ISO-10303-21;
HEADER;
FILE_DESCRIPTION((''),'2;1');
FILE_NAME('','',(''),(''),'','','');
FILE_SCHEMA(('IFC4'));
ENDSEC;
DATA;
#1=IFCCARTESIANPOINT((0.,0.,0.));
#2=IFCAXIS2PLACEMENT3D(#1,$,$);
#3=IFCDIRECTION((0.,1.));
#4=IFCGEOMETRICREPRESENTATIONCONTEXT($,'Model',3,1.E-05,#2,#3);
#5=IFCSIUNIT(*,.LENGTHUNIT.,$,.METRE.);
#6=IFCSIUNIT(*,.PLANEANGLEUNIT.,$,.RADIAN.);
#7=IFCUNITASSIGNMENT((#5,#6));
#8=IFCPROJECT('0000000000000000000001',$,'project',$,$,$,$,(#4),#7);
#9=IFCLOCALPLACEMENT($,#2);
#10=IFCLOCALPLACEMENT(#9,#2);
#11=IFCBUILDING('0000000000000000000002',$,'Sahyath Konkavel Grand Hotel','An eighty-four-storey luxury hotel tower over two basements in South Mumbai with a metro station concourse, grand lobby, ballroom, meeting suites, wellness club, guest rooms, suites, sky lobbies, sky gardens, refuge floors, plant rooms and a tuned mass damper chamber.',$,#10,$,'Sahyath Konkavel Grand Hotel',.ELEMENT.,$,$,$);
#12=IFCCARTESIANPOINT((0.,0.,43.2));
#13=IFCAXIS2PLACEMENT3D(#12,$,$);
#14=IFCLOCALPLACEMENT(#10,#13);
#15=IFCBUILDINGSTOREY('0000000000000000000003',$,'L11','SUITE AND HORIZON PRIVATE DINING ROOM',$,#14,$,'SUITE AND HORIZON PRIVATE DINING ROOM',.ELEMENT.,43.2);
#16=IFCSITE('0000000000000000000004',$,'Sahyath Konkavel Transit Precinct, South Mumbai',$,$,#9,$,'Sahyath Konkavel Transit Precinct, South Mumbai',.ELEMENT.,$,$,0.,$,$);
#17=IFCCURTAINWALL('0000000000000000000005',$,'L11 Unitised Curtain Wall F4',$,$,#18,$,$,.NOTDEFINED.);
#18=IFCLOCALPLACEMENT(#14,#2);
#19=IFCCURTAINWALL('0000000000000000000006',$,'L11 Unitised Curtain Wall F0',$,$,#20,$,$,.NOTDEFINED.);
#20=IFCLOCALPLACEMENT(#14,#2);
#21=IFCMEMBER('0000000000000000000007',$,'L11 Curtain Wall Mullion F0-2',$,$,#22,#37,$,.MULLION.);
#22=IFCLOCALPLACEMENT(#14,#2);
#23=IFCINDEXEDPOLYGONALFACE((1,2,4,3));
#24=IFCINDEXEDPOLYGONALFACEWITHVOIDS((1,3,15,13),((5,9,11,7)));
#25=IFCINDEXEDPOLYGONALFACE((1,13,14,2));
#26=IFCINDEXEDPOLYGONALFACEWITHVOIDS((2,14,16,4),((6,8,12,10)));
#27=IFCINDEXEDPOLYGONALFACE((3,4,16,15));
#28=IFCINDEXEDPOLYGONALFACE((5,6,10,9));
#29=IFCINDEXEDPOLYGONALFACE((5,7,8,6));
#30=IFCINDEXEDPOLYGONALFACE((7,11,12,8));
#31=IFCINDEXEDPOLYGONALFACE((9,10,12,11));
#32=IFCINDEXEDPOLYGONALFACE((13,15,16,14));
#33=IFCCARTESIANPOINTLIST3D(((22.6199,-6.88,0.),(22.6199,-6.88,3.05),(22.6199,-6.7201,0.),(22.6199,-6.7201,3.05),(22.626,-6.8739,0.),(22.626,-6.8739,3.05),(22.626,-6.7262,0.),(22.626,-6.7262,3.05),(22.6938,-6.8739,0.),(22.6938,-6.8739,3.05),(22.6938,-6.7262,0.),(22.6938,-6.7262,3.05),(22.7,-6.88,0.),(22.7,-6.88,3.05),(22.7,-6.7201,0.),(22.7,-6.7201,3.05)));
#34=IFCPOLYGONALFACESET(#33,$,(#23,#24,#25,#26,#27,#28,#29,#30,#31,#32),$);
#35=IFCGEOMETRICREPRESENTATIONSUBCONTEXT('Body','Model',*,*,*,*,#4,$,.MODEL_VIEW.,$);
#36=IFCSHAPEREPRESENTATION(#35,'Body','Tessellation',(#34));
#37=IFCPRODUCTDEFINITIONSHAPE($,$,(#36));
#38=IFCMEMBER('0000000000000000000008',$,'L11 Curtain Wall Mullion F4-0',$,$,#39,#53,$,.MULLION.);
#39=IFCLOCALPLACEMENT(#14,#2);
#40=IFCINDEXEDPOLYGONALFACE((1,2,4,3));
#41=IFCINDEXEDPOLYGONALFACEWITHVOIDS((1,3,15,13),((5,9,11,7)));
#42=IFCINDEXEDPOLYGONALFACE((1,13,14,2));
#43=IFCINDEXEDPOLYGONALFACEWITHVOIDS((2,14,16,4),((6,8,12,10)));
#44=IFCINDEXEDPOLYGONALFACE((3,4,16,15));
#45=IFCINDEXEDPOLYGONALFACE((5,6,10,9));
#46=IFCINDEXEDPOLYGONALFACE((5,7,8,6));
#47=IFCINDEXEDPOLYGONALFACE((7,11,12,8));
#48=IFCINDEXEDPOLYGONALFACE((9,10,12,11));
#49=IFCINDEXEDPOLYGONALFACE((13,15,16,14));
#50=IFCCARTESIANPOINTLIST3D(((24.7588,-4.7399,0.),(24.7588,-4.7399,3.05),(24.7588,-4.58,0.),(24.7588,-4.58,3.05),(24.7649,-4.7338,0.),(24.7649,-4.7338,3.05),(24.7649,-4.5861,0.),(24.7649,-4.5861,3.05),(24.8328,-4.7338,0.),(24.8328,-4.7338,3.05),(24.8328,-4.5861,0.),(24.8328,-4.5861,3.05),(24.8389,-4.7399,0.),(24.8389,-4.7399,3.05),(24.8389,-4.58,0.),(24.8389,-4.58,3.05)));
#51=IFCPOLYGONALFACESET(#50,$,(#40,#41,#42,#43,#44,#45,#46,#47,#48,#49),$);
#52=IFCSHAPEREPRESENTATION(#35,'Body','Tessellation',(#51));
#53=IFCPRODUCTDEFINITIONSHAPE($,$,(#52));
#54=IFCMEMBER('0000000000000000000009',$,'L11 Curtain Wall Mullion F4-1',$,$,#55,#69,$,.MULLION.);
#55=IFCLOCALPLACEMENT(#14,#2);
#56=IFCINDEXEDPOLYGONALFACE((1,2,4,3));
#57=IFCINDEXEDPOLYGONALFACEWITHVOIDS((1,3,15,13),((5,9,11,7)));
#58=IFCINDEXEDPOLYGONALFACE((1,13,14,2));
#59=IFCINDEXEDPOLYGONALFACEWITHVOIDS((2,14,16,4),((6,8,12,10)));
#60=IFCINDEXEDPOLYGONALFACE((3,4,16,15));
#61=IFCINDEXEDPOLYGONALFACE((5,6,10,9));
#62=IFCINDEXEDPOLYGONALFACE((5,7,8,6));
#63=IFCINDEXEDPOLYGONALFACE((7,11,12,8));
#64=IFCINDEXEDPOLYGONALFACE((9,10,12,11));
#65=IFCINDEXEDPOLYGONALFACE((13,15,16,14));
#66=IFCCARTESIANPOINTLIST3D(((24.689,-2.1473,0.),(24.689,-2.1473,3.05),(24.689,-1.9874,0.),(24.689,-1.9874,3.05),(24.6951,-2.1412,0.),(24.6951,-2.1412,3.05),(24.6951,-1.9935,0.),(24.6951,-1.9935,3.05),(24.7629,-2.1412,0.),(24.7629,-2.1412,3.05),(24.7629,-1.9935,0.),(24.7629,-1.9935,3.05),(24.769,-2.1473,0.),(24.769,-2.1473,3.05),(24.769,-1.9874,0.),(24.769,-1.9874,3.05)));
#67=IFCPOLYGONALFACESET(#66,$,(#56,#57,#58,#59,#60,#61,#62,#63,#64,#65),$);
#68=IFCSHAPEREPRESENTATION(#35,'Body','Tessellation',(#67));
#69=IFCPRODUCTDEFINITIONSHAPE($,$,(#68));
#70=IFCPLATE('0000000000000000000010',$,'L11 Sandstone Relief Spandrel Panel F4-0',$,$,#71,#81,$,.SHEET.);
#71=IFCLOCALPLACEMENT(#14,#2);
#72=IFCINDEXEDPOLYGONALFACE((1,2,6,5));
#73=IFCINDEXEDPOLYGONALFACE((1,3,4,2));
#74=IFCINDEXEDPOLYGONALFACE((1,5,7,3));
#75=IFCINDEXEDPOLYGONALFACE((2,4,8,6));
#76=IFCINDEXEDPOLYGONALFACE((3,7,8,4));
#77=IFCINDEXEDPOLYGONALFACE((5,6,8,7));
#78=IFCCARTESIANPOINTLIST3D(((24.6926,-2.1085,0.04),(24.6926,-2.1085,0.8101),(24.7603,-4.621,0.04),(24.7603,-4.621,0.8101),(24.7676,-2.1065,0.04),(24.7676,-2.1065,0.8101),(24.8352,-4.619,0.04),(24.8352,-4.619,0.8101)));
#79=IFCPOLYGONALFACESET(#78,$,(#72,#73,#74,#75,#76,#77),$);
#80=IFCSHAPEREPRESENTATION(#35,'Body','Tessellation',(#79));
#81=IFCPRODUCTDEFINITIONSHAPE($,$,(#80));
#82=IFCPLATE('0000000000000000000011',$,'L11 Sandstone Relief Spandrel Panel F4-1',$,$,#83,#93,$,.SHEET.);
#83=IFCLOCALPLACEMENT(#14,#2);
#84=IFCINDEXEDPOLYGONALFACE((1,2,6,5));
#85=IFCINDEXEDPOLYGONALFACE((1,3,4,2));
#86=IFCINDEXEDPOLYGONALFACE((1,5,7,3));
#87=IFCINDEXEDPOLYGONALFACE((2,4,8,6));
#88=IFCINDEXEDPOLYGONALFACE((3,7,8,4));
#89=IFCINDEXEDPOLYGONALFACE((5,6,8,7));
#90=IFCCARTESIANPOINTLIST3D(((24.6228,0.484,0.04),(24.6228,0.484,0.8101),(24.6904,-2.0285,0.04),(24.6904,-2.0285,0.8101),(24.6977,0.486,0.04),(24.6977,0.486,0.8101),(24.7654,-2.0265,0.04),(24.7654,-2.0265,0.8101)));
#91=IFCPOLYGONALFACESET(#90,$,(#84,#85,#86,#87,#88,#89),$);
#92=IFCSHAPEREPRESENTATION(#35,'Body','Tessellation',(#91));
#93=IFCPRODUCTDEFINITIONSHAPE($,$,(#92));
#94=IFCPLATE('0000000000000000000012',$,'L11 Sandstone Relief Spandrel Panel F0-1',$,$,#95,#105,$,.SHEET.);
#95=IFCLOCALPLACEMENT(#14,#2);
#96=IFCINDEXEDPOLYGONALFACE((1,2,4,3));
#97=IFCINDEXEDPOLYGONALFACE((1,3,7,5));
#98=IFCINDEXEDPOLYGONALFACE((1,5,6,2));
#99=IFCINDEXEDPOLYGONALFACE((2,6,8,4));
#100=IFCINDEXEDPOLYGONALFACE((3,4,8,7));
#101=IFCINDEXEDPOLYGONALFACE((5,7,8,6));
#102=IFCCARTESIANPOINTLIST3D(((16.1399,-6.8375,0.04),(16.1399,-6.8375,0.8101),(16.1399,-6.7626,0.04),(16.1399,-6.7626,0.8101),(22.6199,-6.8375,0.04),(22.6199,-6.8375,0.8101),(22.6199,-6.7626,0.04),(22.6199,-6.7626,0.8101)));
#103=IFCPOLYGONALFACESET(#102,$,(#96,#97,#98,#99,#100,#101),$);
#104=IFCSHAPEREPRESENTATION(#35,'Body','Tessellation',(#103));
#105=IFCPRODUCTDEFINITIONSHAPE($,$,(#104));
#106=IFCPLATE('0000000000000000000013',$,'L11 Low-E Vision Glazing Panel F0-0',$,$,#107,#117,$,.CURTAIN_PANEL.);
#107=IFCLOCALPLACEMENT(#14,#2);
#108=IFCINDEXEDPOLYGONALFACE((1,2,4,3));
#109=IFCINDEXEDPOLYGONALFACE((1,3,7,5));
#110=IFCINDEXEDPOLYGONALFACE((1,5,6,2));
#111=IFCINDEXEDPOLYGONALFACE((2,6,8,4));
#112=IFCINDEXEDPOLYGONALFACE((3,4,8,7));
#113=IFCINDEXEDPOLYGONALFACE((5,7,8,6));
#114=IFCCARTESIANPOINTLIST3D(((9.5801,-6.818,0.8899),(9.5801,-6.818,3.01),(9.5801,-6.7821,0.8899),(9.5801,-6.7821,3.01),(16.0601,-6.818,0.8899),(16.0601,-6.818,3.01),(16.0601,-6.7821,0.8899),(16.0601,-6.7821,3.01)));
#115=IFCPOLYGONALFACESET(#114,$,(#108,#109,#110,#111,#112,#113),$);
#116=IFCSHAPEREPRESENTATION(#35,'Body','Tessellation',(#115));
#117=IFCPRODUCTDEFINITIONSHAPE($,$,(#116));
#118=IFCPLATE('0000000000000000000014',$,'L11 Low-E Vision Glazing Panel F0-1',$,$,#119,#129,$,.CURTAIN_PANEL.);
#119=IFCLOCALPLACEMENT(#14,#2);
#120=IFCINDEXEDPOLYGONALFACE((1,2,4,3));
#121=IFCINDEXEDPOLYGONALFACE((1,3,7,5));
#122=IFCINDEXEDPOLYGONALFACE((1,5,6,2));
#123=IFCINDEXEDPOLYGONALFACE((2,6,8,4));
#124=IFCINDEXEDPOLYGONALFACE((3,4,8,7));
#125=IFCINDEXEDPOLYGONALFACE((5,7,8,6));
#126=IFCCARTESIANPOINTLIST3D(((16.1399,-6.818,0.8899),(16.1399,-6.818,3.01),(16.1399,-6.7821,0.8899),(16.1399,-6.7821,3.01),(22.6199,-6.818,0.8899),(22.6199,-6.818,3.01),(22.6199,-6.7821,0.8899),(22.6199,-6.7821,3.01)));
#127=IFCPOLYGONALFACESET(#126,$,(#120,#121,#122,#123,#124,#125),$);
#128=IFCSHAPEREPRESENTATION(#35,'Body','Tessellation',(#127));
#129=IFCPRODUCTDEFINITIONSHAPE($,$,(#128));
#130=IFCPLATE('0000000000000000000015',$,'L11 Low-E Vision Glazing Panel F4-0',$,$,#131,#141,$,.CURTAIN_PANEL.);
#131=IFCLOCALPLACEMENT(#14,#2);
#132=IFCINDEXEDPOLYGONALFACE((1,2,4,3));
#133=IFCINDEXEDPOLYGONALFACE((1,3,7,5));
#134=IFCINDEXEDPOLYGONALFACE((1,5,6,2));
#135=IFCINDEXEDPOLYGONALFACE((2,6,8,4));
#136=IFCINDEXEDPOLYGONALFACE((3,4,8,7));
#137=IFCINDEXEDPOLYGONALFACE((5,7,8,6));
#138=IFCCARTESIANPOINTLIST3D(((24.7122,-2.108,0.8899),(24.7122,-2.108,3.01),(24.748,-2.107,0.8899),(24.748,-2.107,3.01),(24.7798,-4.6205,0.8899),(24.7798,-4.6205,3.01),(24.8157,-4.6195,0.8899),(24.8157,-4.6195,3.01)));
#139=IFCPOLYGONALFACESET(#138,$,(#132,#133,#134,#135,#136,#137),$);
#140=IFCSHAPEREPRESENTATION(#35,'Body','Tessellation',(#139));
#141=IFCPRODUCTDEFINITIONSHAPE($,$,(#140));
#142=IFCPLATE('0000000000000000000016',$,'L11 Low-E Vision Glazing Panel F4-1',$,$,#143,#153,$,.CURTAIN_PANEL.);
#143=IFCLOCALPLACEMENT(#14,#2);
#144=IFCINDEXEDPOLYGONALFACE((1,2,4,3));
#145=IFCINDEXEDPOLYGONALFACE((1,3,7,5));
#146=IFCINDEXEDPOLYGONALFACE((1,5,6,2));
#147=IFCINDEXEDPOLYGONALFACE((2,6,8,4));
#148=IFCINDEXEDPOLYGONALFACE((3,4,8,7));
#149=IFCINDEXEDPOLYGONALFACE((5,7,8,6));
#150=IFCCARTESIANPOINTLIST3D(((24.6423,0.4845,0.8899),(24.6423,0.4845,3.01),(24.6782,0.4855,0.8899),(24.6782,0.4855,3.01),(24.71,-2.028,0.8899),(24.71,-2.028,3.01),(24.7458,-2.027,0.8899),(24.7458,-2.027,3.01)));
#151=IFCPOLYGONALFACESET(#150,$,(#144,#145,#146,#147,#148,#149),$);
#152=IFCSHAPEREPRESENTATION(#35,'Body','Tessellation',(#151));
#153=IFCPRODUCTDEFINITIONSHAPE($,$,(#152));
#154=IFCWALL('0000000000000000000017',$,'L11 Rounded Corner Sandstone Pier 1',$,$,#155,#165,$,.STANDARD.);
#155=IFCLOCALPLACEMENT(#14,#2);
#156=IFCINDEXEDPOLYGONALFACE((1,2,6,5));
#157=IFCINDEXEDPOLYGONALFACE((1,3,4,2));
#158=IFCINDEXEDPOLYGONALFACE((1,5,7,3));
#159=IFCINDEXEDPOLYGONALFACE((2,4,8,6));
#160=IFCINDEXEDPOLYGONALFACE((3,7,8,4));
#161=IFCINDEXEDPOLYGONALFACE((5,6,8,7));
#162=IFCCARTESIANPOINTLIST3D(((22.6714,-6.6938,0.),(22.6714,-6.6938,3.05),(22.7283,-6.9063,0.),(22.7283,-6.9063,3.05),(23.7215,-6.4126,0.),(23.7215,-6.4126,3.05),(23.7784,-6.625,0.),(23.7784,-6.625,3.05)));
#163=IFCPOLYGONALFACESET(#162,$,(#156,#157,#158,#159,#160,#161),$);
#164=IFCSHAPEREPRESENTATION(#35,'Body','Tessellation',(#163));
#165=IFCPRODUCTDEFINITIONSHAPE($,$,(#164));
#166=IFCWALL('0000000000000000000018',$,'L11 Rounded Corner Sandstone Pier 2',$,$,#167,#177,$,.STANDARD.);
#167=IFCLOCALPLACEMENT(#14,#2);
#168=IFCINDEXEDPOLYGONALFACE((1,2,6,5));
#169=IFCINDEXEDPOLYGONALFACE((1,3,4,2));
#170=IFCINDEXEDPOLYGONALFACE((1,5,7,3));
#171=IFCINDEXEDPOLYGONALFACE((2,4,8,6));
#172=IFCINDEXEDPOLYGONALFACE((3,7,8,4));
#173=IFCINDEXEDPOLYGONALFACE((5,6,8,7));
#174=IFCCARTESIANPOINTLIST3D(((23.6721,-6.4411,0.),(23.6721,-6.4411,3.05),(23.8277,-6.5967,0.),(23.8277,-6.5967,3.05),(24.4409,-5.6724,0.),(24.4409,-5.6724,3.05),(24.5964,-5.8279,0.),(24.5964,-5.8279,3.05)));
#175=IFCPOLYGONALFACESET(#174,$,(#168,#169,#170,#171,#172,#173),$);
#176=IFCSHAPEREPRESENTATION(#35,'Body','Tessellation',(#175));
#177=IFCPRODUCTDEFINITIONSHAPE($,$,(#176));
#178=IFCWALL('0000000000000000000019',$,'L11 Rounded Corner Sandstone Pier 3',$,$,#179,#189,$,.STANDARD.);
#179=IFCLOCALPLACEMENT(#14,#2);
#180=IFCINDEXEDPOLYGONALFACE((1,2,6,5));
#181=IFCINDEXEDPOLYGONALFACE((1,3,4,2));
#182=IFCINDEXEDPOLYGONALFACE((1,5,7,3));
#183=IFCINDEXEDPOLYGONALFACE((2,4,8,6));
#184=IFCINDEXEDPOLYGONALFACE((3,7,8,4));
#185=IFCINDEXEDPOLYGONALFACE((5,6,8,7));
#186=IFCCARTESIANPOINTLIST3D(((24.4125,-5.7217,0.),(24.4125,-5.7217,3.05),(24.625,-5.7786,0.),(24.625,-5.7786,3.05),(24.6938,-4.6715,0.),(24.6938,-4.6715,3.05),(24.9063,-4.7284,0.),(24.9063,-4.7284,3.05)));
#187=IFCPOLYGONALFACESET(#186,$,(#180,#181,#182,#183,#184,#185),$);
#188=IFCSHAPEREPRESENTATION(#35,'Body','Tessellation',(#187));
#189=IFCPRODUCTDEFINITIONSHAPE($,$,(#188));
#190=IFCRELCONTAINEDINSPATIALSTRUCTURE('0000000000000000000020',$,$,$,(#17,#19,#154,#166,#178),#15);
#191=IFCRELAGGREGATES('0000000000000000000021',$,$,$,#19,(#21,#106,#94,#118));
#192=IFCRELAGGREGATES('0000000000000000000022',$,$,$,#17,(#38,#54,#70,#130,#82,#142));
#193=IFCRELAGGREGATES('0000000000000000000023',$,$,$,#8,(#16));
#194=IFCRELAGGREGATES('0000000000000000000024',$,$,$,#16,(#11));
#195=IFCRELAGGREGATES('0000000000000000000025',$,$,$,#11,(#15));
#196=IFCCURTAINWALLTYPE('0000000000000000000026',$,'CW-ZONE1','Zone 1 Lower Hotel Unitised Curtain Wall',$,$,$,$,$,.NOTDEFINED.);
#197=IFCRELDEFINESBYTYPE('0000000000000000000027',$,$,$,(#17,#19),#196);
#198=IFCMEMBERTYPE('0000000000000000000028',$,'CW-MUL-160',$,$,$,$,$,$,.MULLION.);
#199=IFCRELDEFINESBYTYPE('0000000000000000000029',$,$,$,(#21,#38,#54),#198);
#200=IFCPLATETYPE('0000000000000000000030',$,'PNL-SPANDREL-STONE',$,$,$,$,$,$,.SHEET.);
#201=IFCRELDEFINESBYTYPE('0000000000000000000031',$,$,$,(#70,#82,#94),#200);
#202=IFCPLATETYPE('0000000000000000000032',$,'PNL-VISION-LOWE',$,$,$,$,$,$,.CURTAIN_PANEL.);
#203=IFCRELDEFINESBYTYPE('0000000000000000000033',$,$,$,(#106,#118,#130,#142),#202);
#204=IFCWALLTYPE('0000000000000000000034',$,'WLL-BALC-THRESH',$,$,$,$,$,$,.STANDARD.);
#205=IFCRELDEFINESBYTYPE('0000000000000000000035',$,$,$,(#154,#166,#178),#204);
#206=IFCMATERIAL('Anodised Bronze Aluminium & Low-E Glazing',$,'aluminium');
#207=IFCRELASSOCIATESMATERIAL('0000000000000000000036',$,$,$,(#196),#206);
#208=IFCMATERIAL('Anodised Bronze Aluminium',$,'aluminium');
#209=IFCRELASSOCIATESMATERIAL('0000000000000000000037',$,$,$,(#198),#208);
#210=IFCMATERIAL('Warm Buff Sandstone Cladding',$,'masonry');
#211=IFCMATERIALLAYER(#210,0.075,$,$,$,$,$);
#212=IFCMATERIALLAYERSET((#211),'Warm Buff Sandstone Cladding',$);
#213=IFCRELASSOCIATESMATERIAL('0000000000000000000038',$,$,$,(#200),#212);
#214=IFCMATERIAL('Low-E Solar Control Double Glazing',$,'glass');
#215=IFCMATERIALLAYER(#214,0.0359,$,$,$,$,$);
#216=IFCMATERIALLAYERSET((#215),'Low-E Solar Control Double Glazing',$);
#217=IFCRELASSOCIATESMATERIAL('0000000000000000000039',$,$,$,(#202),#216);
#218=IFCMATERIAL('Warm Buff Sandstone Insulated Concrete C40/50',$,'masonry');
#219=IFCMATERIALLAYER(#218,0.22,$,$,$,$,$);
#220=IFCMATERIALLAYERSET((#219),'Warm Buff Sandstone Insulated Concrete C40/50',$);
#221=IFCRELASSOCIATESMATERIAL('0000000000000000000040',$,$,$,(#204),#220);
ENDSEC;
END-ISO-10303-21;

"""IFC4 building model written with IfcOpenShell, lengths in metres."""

from ifc_helpers import new_model, si_unit, direction, frame, frame_2d, origin, origin_2d, place, context, subcontext, project, spatial, rectangle, hollow_rectangle, extrude, source, transform, mapped, material, layer, layer_set, material_profile, profile_set, type_object, element, aggregate, save


model = new_model("IFC4")

# Units and contexts
model_context = context("Model", 3, precision=1e-05, world=origin(), true_north=direction((0.0, 1.0)))
body_context = subcontext(model_context, "Body", "Model", "MODEL_VIEW")
ifc_project = project(units=[si_unit("LENGTHUNIT", "METRE"), si_unit("PLANEANGLEUNIT", "RADIAN")], contexts=[model_context])

# Site, building, storey
site_placement = place(None, origin())
site = spatial("IfcSite", under=ifc_project, at=site_placement, Name="Sahyath Konkavel Transit Precinct, South Mumbai", LongName="Sahyath Konkavel Transit Precinct, South Mumbai", CompositionType="ELEMENT", RefElevation=0.0)
building_placement = place(site_placement, origin())
building = spatial("IfcBuilding", under=site, at=building_placement, Name="Sahyath Konkavel Grand Hotel", Description="An eighty-four-storey luxury hotel tower over two basements in South Mumbai with a metro station concourse, grand lobby, ballroom, meeting suites, wellness club, guest rooms, suites, sky lobbies, sky gardens, refuge floors, plant rooms and a tuned mass damper chamber.", LongName="Sahyath Konkavel Grand Hotel", CompositionType="ELEMENT")
storey_placement = place(building_placement, frame((0.0, 0.0, 43.2)))
storey = spatial("IfcBuildingStorey", under=building, at=storey_placement, Name="L11", Description="SUITE AND HORIZON PRIVATE DINING ROOM", LongName="SUITE AND HORIZON PRIVATE DINING ROOM", CompositionType="ELEMENT", Elevation=43.2)

# Curtain walls, member
ifc_material_1 = material(Name="Anodised Bronze Aluminium & Low-E Glazing", Category="aluminium")
curtain_wall_type = type_object("IfcCurtainWallType", Name="CW-ZONE1", Description="Zone 1 Lower Hotel Unitised Curtain Wall", PredefinedType="NOTDEFINED", material=ifc_material_1)
curtain_wall_1_placement = place(storey_placement, origin())
curtain_wall_1 = element("IfcCurtainWall", 1, at=curtain_wall_1_placement, inside=storey, type_object=curtain_wall_type, Name="L11 Unitised Curtain Wall F4", PredefinedType="NOTDEFINED")
ifc_material_2 = material(Name="Anodised Bronze Aluminium", Category="aluminium")
curtain_wall_2_placement = place(storey_placement, origin())
curtain_wall_2 = element("IfcCurtainWall", 2, at=curtain_wall_2_placement, inside=storey, type_object=curtain_wall_type, Name="L11 Unitised Curtain Wall F0", PredefinedType="NOTDEFINED")
ifc_material_profile_1 = material_profile(ifc_material_2, hollow_rectangle(XDim=0.0801, YDim=0.1599, WallThickness=0.0061, at=origin_2d()), Name="RHS 160x80x6")
ifc_profile_set_1 = profile_set([ifc_material_profile_1], Name="Anodised Bronze Aluminium")
member_type_1 = type_object("IfcMemberType", Name="CW-MUL-160", PredefinedType="MULLION", material=ifc_profile_set_1)
shared_shape_1 = source(origin(), body_context, "Body", "SweptSolid", [
    extrude(hollow_rectangle(XDim=0.0801, YDim=0.1599, WallThickness=0.0061, at=origin_2d()), origin(), (0.0, 0.0, 1.0), 3.05),
])
member_1_placement = place(storey_placement, frame((22.6599, -6.8, 0.0), z_axis=(0.0, 0.0, 1.0), x_axis=(1.0, 0.0, 0.0)))
member_1 = element("IfcMember", 3, at=member_1_placement, type_object=member_type_1, Name="L11 Curtain Wall Mullion F0-2", PredefinedType="MULLION", context=body_context, shape_type="MappedRepresentation", body=[
    mapped(shared_shape_1, transform((0.0, 0.0, 0.0), scale=1.0)),
])

# Members
member_2_placement = place(storey_placement, frame((24.7988, -4.6599, 0.0), z_axis=(0.0, 0.0, 1.0), x_axis=(1.0, 0.0, 0.0)))
member_2 = element("IfcMember", 4, at=member_2_placement, type_object=member_type_1, Name="L11 Curtain Wall Mullion F4-0", PredefinedType="MULLION", context=body_context, shape_type="MappedRepresentation", body=[
    mapped(shared_shape_1, transform((0.0, 0.0, 0.0), scale=1.0)),
])
member_3_placement = place(storey_placement, frame((24.729, -2.0674, 0.0), z_axis=(0.0, 0.0, 1.0), x_axis=(1.0, 0.0, 0.0)))
member_3 = element("IfcMember", 5, at=member_3_placement, type_object=member_type_1, Name="L11 Curtain Wall Mullion F4-1", PredefinedType="MULLION", context=body_context, shape_type="MappedRepresentation", body=[
    mapped(shared_shape_1, transform((0.0, 0.0, 0.0), scale=1.0)),
])

# Plates
ifc_material_3 = material(Name="Warm Buff Sandstone Cladding", Category="masonry")
ifc_layer_1 = layer(ifc_material_3, 0.075)
ifc_layer_set_1 = layer_set([ifc_layer_1], Name="Warm Buff Sandstone Cladding")
plate_type_1 = type_object("IfcPlateType", Name="PNL-SPANDREL-STONE", PredefinedType="SHEET", material=ifc_layer_set_1)
shared_shape_2 = source(origin(), body_context, "Body", "SweptSolid", [
    extrude(rectangle(XDim=2.5134, YDim=0.075, at=origin_2d()), origin(), (0.0, 0.0, 1.0), 0.77),
])
plate_1_placement = place(storey_placement, frame((24.7639, -3.3638, 0.04), z_axis=(0.0, 0.0, 1.0), x_axis=(-0.02691, 0.999638, 0.0)))
plate_1 = element("IfcPlate", 6, at=plate_1_placement, type_object=plate_type_1, Name="L11 Sandstone Relief Spandrel Panel F4-0", PredefinedType="SHEET", context=body_context, shape_type="MappedRepresentation", body=[
    mapped(shared_shape_2, transform((0.0, 0.0, 0.0), scale=1.0)),
])
plate_2_placement = place(storey_placement, frame((24.6941, -0.7712, 0.04), z_axis=(0.0, 0.0, 1.0), x_axis=(-0.02691, 0.999638, 0.0)))
plate_2 = element("IfcPlate", 7, at=plate_2_placement, type_object=plate_type_1, Name="L11 Sandstone Relief Spandrel Panel F4-1", PredefinedType="SHEET", context=body_context, shape_type="MappedRepresentation", body=[
    mapped(shared_shape_2, transform((0.0, 0.0, 0.0), scale=1.0)),
])
shared_shape_3 = source(origin(), body_context, "Body", "SweptSolid", [
    extrude(rectangle(XDim=6.48, YDim=0.075, at=origin_2d()), origin(), (0.0, 0.0, 1.0), 0.77),
])
plate_3_placement = place(storey_placement, frame((19.3799, -6.8, 0.04), z_axis=(0.0, 0.0, 1.0), x_axis=(1.0, 0.0, 0.0)))
plate_3 = element("IfcPlate", 8, at=plate_3_placement, type_object=plate_type_1, Name="L11 Sandstone Relief Spandrel Panel F0-1", PredefinedType="SHEET", context=body_context, shape_type="MappedRepresentation", body=[
    mapped(shared_shape_3, transform((0.0, 0.0, 0.0), scale=1.0)),
])
ifc_material_4 = material(Name="Low-E Solar Control Double Glazing", Category="glass")
ifc_layer_2 = layer(ifc_material_4, 0.0359)
ifc_layer_set_2 = layer_set([ifc_layer_2], Name="Low-E Solar Control Double Glazing")
plate_type_2 = type_object("IfcPlateType", Name="PNL-VISION-LOWE", PredefinedType="CURTAIN_PANEL", material=ifc_layer_set_2)
shared_shape_4 = source(origin(), body_context, "Body", "SweptSolid", [
    extrude(rectangle(XDim=6.48, YDim=0.0359, at=origin_2d()), origin(), (0.0, 0.0, 1.0), 2.1201),
])
plate_4_placement = place(storey_placement, frame((12.8201, -6.8, 0.8899), z_axis=(0.0, 0.0, 1.0), x_axis=(1.0, 0.0, 0.0)))
plate_4 = element("IfcPlate", 9, at=plate_4_placement, type_object=plate_type_2, Name="L11 Low-E Vision Glazing Panel F0-0", PredefinedType="CURTAIN_PANEL", context=body_context, shape_type="MappedRepresentation", body=[
    mapped(shared_shape_4, transform((0.0, 0.0, 0.0), scale=1.0)),
])
plate_5_placement = place(storey_placement, frame((19.3799, -6.8, 0.8899), z_axis=(0.0, 0.0, 1.0), x_axis=(1.0, 0.0, 0.0)))
plate_5 = element("IfcPlate", 10, at=plate_5_placement, type_object=plate_type_2, Name="L11 Low-E Vision Glazing Panel F0-1", PredefinedType="CURTAIN_PANEL", context=body_context, shape_type="MappedRepresentation", body=[
    mapped(shared_shape_4, transform((0.0, 0.0, 0.0), scale=1.0)),
])
aggregate(curtain_wall_2, [member_1, plate_4, plate_3, plate_5])
shared_shape_5 = source(origin(), body_context, "Body", "SweptSolid", [
    extrude(rectangle(XDim=2.5134, YDim=0.0359, at=origin_2d()), origin(), (0.0, 0.0, 1.0), 2.1201),
])
plate_6_placement = place(storey_placement, frame((24.7639, -3.3638, 0.8899), z_axis=(0.0, 0.0, 1.0), x_axis=(-0.02691, 0.999638, 0.0)))
plate_6 = element("IfcPlate", 11, at=plate_6_placement, type_object=plate_type_2, Name="L11 Low-E Vision Glazing Panel F4-0", PredefinedType="CURTAIN_PANEL", context=body_context, shape_type="MappedRepresentation", body=[
    mapped(shared_shape_5, transform((0.0, 0.0, 0.0), scale=1.0)),
])
plate_7_placement = place(storey_placement, frame((24.6941, -0.7712, 0.8899), z_axis=(0.0, 0.0, 1.0), x_axis=(-0.02691, 0.999638, 0.0)))
plate_7 = element("IfcPlate", 12, at=plate_7_placement, type_object=plate_type_2, Name="L11 Low-E Vision Glazing Panel F4-1", PredefinedType="CURTAIN_PANEL", context=body_context, shape_type="MappedRepresentation", body=[
    mapped(shared_shape_5, transform((0.0, 0.0, 0.0), scale=1.0)),
])
aggregate(curtain_wall_1, [member_2, member_3, plate_1, plate_6, plate_2, plate_7])

# Walls
ifc_material_5 = material(Name="Warm Buff Sandstone Insulated Concrete C40/50", Category="masonry")
ifc_layer_3 = layer(ifc_material_5, 0.22)
ifc_layer_set_3 = layer_set([ifc_layer_3], Name="Warm Buff Sandstone Insulated Concrete C40/50")
wall_type_1 = type_object("IfcWallType", Name="WLL-BALC-THRESH", PredefinedType="STANDARD", material=ifc_layer_set_3)
for number, where, z_axis, x_axis, name in (
    (13, (22.7, -6.8, 0.0), (0.0, 0.0, 1.0), (0.965951, 0.258725, 0.0), "L11 Rounded Corner Sandstone Pier 1"),
    (14, (23.75, -6.5188, 0.0), (0.0, 0.0, 1.0), (0.707107, 0.707107, 0.0), "L11 Rounded Corner Sandstone Pier 2"),
    (15, (24.5188, -5.75, 0.0), (0.0, 0.0, 1.0), (0.258725, 0.965951, 0.0), "L11 Rounded Corner Sandstone Pier 3"),
):
    element("IfcWall", number, at=place(storey_placement, frame(where, z_axis=z_axis, x_axis=x_axis)), inside=storey, type_object=wall_type_1, Name=name, PredefinedType="STANDARD", context=body_context, shape_type="SweptSolid", body=[
        extrude(rectangle(XDim=1.0872, YDim=0.22, at=frame_2d((0.5435, 0.0))), origin(), (0.0, 0.0, 1.0), 3.05),
    ])

save(model, "model.ifc")
